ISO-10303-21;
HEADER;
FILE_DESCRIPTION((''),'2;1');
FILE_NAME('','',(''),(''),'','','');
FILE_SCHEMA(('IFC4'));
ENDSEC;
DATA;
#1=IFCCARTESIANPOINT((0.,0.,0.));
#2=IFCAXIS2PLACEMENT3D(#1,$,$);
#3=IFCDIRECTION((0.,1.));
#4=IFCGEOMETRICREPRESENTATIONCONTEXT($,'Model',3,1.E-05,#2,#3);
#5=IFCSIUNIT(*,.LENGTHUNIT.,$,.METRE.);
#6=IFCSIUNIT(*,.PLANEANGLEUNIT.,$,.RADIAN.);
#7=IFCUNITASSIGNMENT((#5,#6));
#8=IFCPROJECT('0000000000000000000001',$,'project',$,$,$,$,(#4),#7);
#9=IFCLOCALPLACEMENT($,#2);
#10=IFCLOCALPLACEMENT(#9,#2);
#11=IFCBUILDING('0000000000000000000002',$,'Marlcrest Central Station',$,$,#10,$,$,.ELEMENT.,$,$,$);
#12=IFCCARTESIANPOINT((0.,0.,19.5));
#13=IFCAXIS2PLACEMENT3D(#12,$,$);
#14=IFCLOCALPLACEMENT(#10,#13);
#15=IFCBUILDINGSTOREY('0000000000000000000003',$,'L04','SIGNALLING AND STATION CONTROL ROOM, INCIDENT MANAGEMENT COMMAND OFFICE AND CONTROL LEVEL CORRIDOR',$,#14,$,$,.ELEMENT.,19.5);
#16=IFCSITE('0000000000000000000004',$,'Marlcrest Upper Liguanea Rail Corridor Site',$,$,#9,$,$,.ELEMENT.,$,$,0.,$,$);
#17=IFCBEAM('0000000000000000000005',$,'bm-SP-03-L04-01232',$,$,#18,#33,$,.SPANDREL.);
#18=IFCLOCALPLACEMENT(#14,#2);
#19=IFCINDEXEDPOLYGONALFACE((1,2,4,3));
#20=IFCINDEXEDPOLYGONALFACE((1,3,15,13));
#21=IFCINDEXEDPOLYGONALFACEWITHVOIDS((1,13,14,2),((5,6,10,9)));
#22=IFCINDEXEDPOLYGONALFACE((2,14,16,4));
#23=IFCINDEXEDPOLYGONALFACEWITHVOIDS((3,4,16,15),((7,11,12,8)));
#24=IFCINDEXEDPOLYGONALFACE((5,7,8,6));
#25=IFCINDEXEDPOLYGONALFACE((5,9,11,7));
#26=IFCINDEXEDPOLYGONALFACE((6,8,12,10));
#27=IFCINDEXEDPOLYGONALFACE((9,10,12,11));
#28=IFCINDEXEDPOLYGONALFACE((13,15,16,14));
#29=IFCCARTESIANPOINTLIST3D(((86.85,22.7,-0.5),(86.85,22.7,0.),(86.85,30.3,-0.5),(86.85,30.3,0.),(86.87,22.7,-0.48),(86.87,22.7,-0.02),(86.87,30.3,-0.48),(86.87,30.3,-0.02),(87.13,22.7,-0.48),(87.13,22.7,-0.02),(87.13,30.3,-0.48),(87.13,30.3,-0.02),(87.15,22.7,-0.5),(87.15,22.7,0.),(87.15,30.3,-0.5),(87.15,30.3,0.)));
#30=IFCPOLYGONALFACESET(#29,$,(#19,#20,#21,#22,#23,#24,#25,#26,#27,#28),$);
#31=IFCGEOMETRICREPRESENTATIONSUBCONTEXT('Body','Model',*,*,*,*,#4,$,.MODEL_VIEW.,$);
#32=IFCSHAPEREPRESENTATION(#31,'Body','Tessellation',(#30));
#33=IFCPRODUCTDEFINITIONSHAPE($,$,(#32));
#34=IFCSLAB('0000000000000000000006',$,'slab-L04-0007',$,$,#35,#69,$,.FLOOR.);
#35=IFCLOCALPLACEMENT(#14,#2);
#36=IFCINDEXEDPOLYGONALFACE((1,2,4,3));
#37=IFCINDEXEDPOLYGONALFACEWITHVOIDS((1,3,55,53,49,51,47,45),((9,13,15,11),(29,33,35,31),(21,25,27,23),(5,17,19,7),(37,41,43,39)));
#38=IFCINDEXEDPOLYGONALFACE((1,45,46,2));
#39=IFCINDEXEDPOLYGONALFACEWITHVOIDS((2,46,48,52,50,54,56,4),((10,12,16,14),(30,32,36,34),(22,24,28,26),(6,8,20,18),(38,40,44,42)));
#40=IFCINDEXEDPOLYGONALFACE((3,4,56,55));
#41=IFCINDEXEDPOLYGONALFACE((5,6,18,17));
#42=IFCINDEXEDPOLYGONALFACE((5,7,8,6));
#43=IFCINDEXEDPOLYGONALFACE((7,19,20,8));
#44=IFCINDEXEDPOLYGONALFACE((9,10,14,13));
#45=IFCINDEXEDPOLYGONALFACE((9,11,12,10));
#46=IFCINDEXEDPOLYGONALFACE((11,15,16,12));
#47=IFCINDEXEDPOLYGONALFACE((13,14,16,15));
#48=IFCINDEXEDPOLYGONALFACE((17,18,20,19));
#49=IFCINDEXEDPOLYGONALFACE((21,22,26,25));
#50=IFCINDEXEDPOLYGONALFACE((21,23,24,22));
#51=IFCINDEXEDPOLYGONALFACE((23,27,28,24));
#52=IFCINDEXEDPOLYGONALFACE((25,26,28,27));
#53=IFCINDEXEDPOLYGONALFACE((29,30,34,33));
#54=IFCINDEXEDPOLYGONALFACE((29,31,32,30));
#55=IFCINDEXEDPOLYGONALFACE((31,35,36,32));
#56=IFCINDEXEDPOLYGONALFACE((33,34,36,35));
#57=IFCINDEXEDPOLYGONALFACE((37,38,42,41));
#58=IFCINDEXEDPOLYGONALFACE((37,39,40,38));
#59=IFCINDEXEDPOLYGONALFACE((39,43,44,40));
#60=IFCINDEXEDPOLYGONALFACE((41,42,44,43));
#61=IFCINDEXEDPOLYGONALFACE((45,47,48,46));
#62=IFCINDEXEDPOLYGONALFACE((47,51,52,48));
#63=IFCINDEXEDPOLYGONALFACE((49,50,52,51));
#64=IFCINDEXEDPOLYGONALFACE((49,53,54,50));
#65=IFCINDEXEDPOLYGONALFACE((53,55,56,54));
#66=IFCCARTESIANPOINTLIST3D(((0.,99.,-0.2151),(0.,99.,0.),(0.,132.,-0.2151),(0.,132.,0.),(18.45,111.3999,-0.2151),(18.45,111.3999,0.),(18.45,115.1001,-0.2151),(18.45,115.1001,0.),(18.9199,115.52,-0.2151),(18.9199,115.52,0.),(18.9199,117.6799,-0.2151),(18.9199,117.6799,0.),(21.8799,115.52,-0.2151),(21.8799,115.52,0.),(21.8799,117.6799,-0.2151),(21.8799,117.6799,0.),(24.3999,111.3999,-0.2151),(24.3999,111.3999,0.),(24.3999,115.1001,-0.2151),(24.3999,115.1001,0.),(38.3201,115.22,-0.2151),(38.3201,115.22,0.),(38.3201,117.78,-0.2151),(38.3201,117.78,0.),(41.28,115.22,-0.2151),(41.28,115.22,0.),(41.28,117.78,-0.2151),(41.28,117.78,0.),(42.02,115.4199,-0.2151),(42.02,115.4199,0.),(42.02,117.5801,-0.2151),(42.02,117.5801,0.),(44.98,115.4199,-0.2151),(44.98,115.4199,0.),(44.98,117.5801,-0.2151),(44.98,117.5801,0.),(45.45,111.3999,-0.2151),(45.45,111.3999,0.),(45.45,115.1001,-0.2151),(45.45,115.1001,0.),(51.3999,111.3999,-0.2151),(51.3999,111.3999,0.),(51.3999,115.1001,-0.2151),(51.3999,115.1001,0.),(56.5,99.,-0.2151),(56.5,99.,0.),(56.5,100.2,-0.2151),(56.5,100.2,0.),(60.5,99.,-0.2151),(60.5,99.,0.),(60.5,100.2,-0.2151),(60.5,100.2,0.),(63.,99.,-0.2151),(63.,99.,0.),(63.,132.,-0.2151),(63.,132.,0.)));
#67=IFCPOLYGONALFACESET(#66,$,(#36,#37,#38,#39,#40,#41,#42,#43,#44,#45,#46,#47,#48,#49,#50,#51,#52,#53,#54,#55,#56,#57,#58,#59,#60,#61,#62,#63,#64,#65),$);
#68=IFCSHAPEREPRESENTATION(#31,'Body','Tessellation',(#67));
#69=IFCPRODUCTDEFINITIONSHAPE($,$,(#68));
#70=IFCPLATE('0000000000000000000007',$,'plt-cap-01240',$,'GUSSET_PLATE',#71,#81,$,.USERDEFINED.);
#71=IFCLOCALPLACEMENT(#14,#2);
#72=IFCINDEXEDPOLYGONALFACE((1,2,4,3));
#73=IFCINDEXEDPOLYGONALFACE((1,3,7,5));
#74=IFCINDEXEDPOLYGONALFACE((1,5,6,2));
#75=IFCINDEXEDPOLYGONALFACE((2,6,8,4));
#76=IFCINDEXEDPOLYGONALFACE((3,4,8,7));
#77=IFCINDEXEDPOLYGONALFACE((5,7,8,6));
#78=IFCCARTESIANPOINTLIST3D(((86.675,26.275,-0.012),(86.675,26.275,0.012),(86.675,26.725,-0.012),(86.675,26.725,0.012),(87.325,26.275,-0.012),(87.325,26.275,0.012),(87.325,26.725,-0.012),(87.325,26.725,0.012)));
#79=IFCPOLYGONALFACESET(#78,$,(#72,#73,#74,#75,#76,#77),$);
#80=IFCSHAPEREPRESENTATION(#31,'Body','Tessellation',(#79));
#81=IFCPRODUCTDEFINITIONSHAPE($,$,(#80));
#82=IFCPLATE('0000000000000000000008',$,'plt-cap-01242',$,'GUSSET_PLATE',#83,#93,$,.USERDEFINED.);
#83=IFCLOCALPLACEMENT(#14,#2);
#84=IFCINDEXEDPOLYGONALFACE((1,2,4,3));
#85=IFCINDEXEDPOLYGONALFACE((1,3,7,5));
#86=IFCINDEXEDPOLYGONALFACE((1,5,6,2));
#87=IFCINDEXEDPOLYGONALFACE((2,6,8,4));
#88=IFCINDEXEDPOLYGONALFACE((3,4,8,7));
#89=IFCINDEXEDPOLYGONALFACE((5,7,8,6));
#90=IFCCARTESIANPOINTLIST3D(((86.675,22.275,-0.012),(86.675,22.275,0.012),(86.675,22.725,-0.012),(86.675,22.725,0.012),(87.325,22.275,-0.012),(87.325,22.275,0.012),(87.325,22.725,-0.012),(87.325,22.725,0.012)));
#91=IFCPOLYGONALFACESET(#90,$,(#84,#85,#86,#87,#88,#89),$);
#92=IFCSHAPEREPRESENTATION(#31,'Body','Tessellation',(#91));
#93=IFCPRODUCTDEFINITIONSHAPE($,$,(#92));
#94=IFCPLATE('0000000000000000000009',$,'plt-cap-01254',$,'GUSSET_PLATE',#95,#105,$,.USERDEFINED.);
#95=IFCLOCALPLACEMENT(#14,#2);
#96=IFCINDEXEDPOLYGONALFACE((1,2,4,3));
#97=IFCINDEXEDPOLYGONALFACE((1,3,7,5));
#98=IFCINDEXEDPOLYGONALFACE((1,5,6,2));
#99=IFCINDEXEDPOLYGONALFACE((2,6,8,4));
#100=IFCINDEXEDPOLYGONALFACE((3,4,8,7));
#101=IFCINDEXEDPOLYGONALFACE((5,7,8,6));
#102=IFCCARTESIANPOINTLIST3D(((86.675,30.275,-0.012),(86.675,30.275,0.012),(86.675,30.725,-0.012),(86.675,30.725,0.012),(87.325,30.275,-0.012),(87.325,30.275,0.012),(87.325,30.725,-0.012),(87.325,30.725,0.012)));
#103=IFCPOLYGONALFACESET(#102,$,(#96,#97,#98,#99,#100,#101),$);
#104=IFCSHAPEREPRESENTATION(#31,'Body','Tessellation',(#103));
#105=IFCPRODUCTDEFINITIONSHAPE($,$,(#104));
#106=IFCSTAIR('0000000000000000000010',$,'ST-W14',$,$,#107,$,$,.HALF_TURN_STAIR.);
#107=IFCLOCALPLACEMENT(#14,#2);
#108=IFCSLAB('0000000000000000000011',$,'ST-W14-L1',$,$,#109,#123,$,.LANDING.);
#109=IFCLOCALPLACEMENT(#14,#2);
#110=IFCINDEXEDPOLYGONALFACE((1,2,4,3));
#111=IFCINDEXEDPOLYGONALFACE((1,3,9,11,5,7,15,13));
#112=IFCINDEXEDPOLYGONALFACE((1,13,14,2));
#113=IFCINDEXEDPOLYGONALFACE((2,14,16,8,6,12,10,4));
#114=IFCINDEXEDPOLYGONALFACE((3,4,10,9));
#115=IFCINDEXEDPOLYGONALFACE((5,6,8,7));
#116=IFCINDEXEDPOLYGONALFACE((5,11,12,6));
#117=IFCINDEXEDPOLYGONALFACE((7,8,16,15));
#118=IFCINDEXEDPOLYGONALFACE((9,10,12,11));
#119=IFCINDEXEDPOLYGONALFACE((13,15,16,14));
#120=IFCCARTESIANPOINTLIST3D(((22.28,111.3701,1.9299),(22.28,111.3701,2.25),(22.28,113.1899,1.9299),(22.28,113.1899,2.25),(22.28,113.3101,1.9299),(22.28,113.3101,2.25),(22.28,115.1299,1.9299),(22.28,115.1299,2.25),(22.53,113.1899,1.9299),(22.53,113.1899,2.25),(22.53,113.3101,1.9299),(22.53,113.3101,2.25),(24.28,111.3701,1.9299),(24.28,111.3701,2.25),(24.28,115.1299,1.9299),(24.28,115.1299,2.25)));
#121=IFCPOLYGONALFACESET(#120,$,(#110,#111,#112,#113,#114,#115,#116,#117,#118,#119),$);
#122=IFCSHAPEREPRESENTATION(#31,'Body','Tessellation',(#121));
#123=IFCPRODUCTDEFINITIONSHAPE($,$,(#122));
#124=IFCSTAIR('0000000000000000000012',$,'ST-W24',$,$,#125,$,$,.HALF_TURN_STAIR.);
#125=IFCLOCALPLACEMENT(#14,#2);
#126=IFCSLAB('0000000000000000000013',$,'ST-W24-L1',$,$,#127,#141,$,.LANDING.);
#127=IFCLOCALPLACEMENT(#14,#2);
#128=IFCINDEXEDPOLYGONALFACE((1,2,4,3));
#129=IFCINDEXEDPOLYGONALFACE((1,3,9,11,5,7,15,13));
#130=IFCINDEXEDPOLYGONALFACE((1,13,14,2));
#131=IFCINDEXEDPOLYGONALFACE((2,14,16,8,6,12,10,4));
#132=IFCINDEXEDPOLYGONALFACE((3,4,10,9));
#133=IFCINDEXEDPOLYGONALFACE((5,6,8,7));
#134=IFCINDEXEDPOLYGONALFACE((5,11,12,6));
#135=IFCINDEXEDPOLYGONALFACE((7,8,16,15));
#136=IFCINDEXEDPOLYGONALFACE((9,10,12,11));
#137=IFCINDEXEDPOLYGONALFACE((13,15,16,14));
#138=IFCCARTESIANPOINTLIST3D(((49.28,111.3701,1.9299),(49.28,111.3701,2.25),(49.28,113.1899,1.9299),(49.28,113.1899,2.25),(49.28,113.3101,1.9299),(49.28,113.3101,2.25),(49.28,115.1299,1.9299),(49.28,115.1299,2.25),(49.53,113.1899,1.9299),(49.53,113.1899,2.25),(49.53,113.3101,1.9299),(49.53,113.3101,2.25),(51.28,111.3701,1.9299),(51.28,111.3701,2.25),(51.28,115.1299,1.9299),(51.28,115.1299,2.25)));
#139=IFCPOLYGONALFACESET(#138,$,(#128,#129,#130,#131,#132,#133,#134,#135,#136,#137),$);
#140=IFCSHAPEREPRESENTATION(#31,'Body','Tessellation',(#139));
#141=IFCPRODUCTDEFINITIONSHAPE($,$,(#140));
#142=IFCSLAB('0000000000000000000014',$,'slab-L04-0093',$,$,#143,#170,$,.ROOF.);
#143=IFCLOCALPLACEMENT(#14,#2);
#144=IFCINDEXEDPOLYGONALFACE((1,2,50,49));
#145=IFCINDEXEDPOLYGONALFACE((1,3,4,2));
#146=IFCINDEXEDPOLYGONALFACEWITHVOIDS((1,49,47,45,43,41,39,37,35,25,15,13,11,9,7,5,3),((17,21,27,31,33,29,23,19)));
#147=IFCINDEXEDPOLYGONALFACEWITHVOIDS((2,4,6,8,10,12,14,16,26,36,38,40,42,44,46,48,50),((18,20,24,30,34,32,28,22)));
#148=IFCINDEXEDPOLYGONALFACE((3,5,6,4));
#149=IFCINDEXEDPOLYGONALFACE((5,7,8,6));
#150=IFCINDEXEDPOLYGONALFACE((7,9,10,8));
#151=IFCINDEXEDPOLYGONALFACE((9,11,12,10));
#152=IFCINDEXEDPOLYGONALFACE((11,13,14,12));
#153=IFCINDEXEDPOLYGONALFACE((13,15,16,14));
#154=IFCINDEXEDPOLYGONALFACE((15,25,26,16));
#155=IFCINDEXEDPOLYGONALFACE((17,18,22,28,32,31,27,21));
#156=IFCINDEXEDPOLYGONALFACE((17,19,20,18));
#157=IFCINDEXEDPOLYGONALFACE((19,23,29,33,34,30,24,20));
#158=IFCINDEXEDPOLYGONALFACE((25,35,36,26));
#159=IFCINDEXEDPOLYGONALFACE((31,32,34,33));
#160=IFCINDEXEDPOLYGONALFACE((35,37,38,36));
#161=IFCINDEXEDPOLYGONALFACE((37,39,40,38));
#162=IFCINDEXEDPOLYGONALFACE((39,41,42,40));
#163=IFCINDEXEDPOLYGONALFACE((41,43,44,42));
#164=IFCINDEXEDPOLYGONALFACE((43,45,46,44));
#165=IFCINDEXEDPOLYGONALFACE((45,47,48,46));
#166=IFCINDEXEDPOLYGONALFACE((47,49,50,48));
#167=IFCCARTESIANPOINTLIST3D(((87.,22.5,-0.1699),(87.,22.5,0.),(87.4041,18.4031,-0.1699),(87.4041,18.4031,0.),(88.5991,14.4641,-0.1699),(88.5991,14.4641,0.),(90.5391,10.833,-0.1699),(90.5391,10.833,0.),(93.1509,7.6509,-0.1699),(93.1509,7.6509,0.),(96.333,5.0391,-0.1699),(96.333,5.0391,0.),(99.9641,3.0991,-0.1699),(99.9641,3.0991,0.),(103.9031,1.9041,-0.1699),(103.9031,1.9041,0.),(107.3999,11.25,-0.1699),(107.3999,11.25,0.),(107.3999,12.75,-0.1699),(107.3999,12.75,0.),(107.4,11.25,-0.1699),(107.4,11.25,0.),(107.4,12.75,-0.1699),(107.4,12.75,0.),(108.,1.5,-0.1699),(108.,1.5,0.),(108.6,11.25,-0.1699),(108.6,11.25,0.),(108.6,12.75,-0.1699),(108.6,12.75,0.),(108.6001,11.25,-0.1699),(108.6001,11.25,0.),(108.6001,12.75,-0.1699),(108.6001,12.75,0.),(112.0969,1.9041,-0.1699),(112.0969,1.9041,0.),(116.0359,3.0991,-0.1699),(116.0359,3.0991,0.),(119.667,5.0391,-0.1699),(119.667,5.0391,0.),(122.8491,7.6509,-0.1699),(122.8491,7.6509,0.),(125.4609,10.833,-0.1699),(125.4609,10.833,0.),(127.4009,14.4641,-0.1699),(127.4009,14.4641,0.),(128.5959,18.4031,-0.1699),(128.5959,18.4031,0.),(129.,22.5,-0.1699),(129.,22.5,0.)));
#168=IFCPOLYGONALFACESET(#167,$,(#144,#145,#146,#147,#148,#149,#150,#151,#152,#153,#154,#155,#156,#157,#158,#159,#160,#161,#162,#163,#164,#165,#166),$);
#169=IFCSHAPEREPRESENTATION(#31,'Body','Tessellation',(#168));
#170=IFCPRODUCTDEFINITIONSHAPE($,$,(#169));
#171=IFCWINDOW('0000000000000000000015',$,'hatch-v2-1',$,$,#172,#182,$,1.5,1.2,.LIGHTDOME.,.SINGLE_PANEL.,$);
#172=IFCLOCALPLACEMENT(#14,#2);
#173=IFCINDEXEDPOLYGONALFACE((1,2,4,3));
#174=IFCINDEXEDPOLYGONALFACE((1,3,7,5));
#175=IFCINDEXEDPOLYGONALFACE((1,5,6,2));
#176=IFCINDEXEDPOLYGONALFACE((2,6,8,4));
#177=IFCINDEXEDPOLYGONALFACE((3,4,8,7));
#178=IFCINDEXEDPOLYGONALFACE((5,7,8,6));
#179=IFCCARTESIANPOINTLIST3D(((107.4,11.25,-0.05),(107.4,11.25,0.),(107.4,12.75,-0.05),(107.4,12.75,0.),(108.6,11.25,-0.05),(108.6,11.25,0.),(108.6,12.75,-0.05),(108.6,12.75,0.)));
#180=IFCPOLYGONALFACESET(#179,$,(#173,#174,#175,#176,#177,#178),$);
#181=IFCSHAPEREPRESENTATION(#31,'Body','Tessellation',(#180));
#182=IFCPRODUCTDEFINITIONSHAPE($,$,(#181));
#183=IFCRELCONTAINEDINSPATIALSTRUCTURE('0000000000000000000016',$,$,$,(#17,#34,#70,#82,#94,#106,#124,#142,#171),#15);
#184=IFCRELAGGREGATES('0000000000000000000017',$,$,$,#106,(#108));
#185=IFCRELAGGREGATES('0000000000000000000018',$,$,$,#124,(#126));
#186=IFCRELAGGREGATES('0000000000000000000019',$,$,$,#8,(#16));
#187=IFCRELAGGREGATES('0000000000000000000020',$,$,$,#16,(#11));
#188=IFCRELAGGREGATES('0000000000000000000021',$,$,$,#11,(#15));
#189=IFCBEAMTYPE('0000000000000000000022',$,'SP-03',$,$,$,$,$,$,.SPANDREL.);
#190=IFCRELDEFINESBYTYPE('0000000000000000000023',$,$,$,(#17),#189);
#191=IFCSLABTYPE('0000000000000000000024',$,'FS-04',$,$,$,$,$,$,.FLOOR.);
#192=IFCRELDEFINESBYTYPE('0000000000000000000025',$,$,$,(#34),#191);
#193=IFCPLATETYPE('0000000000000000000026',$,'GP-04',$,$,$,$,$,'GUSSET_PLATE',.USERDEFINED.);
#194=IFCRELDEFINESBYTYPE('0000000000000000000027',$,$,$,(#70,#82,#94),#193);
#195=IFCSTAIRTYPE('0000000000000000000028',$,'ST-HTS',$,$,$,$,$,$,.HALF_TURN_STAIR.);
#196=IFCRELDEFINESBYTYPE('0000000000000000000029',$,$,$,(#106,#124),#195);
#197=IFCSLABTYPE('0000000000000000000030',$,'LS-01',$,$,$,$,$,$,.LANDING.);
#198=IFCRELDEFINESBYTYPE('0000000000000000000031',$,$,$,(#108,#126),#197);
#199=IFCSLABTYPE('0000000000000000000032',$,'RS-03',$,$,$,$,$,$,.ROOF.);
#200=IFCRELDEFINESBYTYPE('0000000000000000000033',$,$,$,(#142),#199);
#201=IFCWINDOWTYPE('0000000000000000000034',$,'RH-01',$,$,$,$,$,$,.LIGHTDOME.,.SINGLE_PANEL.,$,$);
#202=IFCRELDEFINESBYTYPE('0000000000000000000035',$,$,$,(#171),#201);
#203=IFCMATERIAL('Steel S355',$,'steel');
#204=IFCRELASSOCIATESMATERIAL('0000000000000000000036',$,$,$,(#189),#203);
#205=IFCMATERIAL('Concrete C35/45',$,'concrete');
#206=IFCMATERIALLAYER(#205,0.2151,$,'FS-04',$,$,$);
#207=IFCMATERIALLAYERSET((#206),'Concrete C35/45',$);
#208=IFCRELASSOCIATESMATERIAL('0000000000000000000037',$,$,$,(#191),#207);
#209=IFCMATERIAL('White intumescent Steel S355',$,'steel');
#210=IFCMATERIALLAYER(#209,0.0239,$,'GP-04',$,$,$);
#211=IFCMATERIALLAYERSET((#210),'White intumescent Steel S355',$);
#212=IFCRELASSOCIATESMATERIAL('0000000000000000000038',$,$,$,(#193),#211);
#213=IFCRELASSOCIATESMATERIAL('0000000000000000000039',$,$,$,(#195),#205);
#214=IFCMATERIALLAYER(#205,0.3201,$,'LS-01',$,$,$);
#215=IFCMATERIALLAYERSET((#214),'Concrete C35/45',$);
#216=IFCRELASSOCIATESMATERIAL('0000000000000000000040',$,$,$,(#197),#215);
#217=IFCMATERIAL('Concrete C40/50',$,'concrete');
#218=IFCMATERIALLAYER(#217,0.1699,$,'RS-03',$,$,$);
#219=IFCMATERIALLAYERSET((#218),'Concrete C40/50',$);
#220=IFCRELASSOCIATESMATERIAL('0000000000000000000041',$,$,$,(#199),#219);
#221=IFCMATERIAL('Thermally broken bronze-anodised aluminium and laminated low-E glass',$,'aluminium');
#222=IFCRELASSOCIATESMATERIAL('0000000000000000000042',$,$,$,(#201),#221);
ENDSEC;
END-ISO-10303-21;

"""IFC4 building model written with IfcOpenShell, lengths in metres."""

from ifc_helpers import new_model, si_unit, direction, frame, origin, origin_2d, place, context, subcontext, project, spatial, polyline, rectangle, hollow_rectangle, outline, extrude, material, layer, layer_set, material_profile, profile_set, type_object, element, fill, aggregate, save


model = new_model("IFC4")

# Units and contexts
model_context = context("Model", 3, precision=1e-05, world=origin(), true_north=direction((0.0, 1.0)))
body_context = subcontext(model_context, "Body", "Model", "MODEL_VIEW")
ifc_project = project(units=[si_unit("LENGTHUNIT", "METRE"), si_unit("PLANEANGLEUNIT", "RADIAN")], contexts=[model_context])

# Site, building, storey
site_placement = place(None, origin())
site = spatial("IfcSite", under=ifc_project, at=site_placement, Name="Marlcrest Upper Liguanea Rail Corridor Site", CompositionType="ELEMENT", RefElevation=0.0)
building_placement = place(site_placement, origin())
building = spatial("IfcBuilding", under=site, at=building_placement, Name="Marlcrest Central Station", CompositionType="ELEMENT")
storey_placement = place(building_placement, frame((0.0, 0.0, 19.5)))
storey = spatial("IfcBuildingStorey", under=building, at=storey_placement, Name="L04", Description="SIGNALLING AND STATION CONTROL ROOM, INCIDENT MANAGEMENT COMMAND OFFICE AND CONTROL LEVEL CORRIDOR", CompositionType="ELEMENT", Elevation=19.5)

# Beam
ifc_material_1 = material(Name="Steel S355", Category="steel")
ifc_material_profile = material_profile(ifc_material_1, hollow_rectangle(XDim=0.3, YDim=0.5, WallThickness=0.02, at=origin_2d()), Name="RHS 500x300x20")
ifc_profile_set = profile_set([ifc_material_profile], Name="Steel S355")
beam_type = type_object("IfcBeamType", Name="SP-03", PredefinedType="SPANDREL", material=ifc_profile_set)
beam_placement = place(storey_placement, frame((87.0, 22.7, -0.25), z_axis=(0.0, 1.0, 0.0), x_axis=(-1.0, 0.0, 0.0)))
element("IfcBeam", 1, at=beam_placement, inside=storey, type_object=beam_type, Name="bm-SP-03-L04-01232", PredefinedType="SPANDREL", context=body_context, shape_type="SweptSolid", body=[
    extrude(hollow_rectangle(XDim=0.3, YDim=0.5, WallThickness=0.02, at=origin_2d()), origin(), (0.0, 0.0, 1.0), 7.6001),
])

# Slab
ifc_material_2 = material(Name="Concrete C35/45", Category="concrete")
ifc_layer_1 = layer(ifc_material_2, 0.2151, Name="FS-04")
ifc_layer_set_1 = layer_set([ifc_layer_1], Name="Concrete C35/45")
slab_type_1 = type_object("IfcSlabType", Name="FS-04", PredefinedType="FLOOR", material=ifc_layer_set_1)
slab_1_placement = place(storey_placement, frame((0.0, 0.0, -0.2151)))
element("IfcSlab", 2, at=slab_1_placement, inside=storey, type_object=slab_type_1, Name="slab-L04-0007", PredefinedType="FLOOR", context=body_context, shape_type="SweptSolid", body=[
    extrude(outline(polyline([(0.0, 99.0), (56.5, 99.0), (56.5, 100.2), (60.5, 100.2), (60.5, 99.0), (63.0, 99.0), (63.0, 132.0), (0.0, 132.0), (0.0, 99.0)]), holes=[polyline([(18.45, 111.3999), (24.3999, 111.3999), (24.3999, 115.1001), (18.45, 115.1001), (18.45, 111.3999)]), polyline([(18.9199, 115.52), (21.8799, 115.52), (21.8799, 117.6799), (18.9199, 117.6799), (18.9199, 115.52)]), polyline([(45.45, 111.3999), (51.3999, 111.3999), (51.3999, 115.1001), (45.45, 115.1001), (45.45, 111.3999)]), polyline([(42.02, 115.4199), (44.98, 115.4199), (44.98, 117.5801), (42.02, 117.5801), (42.02, 115.4199)]), polyline([(38.3201, 115.22), (41.28, 115.22), (41.28, 117.78), (38.3201, 117.78), (38.3201, 115.22)])]), origin(), (0.0, 0.0, 1.0), 0.2151),
])

# Plates
ifc_material_3 = material(Name="White intumescent Steel S355", Category="steel")
ifc_layer_2 = layer(ifc_material_3, 0.0239, Name="GP-04")
ifc_layer_set_2 = layer_set([ifc_layer_2], Name="White intumescent Steel S355")
plate_type = type_object("IfcPlateType", Name="GP-04", ElementType="GUSSET_PLATE", PredefinedType="USERDEFINED", material=ifc_layer_set_2)
for number, where, z_axis, x_axis, name in (
    (3, (87.0, 26.5, -0.012), (0.0, 0.0, 1.0), (1.0, 0.0, 0.0), "plt-cap-01240"),
    (4, (87.0, 22.5, -0.012), (0.0, 0.0, 1.0), (1.0, 0.0, 0.0), "plt-cap-01242"),
    (5, (87.0, 30.5, -0.012), (0.0, 0.0, 1.0), (1.0, 0.0, 0.0), "plt-cap-01254"),
):
    element("IfcPlate", number, at=place(storey_placement, frame(where, z_axis=z_axis, x_axis=x_axis)), inside=storey, type_object=plate_type, Name=name, ObjectType="GUSSET_PLATE", PredefinedType="USERDEFINED", context=body_context, shape_type="SweptSolid", body=[
        extrude(rectangle(XDim=0.6499, YDim=0.45, at=origin_2d()), origin(), (0.0, 0.0, 1.0), 0.0239),
    ])

# Stairs, slabs
stair_type = type_object("IfcStairType", Name="ST-HTS", PredefinedType="HALF_TURN_STAIR", material=ifc_material_2)
stair_1_placement = place(storey_placement, origin())
stair_1 = element("IfcStair", 6, at=stair_1_placement, inside=storey, type_object=stair_type, Name="ST-W14", PredefinedType="HALF_TURN_STAIR")
ifc_layer_3 = layer(ifc_material_2, 0.3201, Name="LS-01")
ifc_layer_set_3 = layer_set([ifc_layer_3], Name="Concrete C35/45")
slab_type_2 = type_object("IfcSlabType", Name="LS-01", PredefinedType="LANDING", material=ifc_layer_set_3)
slab_2_placement = place(storey_placement, frame((0.0, 0.0, 1.9299)))
slab_2 = element("IfcSlab", 7, at=slab_2_placement, type_object=slab_type_2, Name="ST-W14-L1", PredefinedType="LANDING", context=body_context, shape_type="SweptSolid", body=[
    extrude(outline(polyline([(22.28, 111.3701), (24.28, 111.3701), (24.28, 115.1299), (22.28, 115.1299), (22.28, 113.3101), (22.53, 113.3101), (22.53, 113.1899), (22.28, 113.1899), (22.28, 111.3701)])), origin(), (0.0, 0.0, 1.0), 0.3201),
])
aggregate(stair_1, [slab_2])
stair_2_placement = place(storey_placement, origin())
stair_2 = element("IfcStair", 8, at=stair_2_placement, inside=storey, type_object=stair_type, Name="ST-W24", PredefinedType="HALF_TURN_STAIR")
slab_3_placement = place(storey_placement, frame((0.0, 0.0, 1.9299)))
slab_3 = element("IfcSlab", 9, at=slab_3_placement, type_object=slab_type_2, Name="ST-W24-L1", PredefinedType="LANDING", context=body_context, shape_type="SweptSolid", body=[
    extrude(outline(polyline([(49.28, 111.3701), (51.28, 111.3701), (51.28, 115.1299), (49.28, 115.1299), (49.28, 113.3101), (49.53, 113.3101), (49.53, 113.1899), (49.28, 113.1899), (49.28, 111.3701)])), origin(), (0.0, 0.0, 1.0), 0.3201),
])
aggregate(stair_2, [slab_3])

# Slab, opening, window
ifc_material_4 = material(Name="Concrete C40/50", Category="concrete")
ifc_layer_4 = layer(ifc_material_4, 0.1699, Name="RS-03")
ifc_layer_set_4 = layer_set([ifc_layer_4], Name="Concrete C40/50")
slab_type_3 = type_object("IfcSlabType", Name="RS-03", PredefinedType="ROOF", material=ifc_layer_set_4)
slab_4_placement = place(storey_placement, frame((0.0, 0.0, -0.1699)))
slab_4 = element("IfcSlab", 10, at=slab_4_placement, inside=storey, type_object=slab_type_3, Name="slab-L04-0093", PredefinedType="ROOF", context=body_context, shape_type="SweptSolid", body=[
    extrude(outline(polyline([(87.0, 22.5), (87.4041, 18.4031), (88.5991, 14.4641), (90.5391, 10.833), (93.1509, 7.6509), (96.333, 5.0391), (99.9641, 3.0991), (103.9031, 1.9041), (108.0, 1.5), (112.0969, 1.9041), (116.0359, 3.0991), (119.667, 5.0391), (122.8491, 7.6509), (125.4609, 10.833), (127.4009, 14.4641), (128.5959, 18.4031), (129.0, 22.5), (87.0, 22.5)]), holes=[polyline([(107.3999, 11.25), (108.6001, 11.25), (108.6001, 12.75), (107.3999, 12.75), (107.3999, 11.25)])]), origin(), (0.0, 0.0, 1.0), 0.1699),
])
opening_1_placement = place(slab_4_placement, frame((108.0, 12.0, 0.0)))
opening_1 = element("IfcOpeningElement", 11, at=opening_1_placement, cuts=slab_4, PredefinedType="OPENING", context=body_context, shape_type="SweptSolid", body=[
    extrude(rectangle(XDim=1.2, YDim=1.5, at=origin_2d()), origin(), (0.0, 0.0, 1.0), 0.1699),
])
ifc_material_5 = material(Name="Thermally broken bronze-anodised aluminium and laminated low-E glass", Category="aluminium")
window_type = type_object("IfcWindowType", Name="RH-01", PartitioningType="SINGLE_PANEL", PredefinedType="LIGHTDOME", material=ifc_material_5)
window_1_placement = place(opening_1_placement, frame((0.0, 0.0, 0.1199)))
window_1 = element("IfcWindow", 12, at=window_1_placement, inside=storey, type_object=window_type, Name="hatch-v2-1", OverallHeight=1.5, OverallWidth=1.2, PartitioningType="SINGLE_PANEL", PredefinedType="LIGHTDOME", context=body_context, shape_type="SweptSolid", body=[
    extrude(rectangle(XDim=1.2, YDim=1.5, at=origin_2d()), origin(), (0.0, 0.0, 1.0), 0.05),
])
fill(opening_1, window_1)

save(model, "model.ifc")
